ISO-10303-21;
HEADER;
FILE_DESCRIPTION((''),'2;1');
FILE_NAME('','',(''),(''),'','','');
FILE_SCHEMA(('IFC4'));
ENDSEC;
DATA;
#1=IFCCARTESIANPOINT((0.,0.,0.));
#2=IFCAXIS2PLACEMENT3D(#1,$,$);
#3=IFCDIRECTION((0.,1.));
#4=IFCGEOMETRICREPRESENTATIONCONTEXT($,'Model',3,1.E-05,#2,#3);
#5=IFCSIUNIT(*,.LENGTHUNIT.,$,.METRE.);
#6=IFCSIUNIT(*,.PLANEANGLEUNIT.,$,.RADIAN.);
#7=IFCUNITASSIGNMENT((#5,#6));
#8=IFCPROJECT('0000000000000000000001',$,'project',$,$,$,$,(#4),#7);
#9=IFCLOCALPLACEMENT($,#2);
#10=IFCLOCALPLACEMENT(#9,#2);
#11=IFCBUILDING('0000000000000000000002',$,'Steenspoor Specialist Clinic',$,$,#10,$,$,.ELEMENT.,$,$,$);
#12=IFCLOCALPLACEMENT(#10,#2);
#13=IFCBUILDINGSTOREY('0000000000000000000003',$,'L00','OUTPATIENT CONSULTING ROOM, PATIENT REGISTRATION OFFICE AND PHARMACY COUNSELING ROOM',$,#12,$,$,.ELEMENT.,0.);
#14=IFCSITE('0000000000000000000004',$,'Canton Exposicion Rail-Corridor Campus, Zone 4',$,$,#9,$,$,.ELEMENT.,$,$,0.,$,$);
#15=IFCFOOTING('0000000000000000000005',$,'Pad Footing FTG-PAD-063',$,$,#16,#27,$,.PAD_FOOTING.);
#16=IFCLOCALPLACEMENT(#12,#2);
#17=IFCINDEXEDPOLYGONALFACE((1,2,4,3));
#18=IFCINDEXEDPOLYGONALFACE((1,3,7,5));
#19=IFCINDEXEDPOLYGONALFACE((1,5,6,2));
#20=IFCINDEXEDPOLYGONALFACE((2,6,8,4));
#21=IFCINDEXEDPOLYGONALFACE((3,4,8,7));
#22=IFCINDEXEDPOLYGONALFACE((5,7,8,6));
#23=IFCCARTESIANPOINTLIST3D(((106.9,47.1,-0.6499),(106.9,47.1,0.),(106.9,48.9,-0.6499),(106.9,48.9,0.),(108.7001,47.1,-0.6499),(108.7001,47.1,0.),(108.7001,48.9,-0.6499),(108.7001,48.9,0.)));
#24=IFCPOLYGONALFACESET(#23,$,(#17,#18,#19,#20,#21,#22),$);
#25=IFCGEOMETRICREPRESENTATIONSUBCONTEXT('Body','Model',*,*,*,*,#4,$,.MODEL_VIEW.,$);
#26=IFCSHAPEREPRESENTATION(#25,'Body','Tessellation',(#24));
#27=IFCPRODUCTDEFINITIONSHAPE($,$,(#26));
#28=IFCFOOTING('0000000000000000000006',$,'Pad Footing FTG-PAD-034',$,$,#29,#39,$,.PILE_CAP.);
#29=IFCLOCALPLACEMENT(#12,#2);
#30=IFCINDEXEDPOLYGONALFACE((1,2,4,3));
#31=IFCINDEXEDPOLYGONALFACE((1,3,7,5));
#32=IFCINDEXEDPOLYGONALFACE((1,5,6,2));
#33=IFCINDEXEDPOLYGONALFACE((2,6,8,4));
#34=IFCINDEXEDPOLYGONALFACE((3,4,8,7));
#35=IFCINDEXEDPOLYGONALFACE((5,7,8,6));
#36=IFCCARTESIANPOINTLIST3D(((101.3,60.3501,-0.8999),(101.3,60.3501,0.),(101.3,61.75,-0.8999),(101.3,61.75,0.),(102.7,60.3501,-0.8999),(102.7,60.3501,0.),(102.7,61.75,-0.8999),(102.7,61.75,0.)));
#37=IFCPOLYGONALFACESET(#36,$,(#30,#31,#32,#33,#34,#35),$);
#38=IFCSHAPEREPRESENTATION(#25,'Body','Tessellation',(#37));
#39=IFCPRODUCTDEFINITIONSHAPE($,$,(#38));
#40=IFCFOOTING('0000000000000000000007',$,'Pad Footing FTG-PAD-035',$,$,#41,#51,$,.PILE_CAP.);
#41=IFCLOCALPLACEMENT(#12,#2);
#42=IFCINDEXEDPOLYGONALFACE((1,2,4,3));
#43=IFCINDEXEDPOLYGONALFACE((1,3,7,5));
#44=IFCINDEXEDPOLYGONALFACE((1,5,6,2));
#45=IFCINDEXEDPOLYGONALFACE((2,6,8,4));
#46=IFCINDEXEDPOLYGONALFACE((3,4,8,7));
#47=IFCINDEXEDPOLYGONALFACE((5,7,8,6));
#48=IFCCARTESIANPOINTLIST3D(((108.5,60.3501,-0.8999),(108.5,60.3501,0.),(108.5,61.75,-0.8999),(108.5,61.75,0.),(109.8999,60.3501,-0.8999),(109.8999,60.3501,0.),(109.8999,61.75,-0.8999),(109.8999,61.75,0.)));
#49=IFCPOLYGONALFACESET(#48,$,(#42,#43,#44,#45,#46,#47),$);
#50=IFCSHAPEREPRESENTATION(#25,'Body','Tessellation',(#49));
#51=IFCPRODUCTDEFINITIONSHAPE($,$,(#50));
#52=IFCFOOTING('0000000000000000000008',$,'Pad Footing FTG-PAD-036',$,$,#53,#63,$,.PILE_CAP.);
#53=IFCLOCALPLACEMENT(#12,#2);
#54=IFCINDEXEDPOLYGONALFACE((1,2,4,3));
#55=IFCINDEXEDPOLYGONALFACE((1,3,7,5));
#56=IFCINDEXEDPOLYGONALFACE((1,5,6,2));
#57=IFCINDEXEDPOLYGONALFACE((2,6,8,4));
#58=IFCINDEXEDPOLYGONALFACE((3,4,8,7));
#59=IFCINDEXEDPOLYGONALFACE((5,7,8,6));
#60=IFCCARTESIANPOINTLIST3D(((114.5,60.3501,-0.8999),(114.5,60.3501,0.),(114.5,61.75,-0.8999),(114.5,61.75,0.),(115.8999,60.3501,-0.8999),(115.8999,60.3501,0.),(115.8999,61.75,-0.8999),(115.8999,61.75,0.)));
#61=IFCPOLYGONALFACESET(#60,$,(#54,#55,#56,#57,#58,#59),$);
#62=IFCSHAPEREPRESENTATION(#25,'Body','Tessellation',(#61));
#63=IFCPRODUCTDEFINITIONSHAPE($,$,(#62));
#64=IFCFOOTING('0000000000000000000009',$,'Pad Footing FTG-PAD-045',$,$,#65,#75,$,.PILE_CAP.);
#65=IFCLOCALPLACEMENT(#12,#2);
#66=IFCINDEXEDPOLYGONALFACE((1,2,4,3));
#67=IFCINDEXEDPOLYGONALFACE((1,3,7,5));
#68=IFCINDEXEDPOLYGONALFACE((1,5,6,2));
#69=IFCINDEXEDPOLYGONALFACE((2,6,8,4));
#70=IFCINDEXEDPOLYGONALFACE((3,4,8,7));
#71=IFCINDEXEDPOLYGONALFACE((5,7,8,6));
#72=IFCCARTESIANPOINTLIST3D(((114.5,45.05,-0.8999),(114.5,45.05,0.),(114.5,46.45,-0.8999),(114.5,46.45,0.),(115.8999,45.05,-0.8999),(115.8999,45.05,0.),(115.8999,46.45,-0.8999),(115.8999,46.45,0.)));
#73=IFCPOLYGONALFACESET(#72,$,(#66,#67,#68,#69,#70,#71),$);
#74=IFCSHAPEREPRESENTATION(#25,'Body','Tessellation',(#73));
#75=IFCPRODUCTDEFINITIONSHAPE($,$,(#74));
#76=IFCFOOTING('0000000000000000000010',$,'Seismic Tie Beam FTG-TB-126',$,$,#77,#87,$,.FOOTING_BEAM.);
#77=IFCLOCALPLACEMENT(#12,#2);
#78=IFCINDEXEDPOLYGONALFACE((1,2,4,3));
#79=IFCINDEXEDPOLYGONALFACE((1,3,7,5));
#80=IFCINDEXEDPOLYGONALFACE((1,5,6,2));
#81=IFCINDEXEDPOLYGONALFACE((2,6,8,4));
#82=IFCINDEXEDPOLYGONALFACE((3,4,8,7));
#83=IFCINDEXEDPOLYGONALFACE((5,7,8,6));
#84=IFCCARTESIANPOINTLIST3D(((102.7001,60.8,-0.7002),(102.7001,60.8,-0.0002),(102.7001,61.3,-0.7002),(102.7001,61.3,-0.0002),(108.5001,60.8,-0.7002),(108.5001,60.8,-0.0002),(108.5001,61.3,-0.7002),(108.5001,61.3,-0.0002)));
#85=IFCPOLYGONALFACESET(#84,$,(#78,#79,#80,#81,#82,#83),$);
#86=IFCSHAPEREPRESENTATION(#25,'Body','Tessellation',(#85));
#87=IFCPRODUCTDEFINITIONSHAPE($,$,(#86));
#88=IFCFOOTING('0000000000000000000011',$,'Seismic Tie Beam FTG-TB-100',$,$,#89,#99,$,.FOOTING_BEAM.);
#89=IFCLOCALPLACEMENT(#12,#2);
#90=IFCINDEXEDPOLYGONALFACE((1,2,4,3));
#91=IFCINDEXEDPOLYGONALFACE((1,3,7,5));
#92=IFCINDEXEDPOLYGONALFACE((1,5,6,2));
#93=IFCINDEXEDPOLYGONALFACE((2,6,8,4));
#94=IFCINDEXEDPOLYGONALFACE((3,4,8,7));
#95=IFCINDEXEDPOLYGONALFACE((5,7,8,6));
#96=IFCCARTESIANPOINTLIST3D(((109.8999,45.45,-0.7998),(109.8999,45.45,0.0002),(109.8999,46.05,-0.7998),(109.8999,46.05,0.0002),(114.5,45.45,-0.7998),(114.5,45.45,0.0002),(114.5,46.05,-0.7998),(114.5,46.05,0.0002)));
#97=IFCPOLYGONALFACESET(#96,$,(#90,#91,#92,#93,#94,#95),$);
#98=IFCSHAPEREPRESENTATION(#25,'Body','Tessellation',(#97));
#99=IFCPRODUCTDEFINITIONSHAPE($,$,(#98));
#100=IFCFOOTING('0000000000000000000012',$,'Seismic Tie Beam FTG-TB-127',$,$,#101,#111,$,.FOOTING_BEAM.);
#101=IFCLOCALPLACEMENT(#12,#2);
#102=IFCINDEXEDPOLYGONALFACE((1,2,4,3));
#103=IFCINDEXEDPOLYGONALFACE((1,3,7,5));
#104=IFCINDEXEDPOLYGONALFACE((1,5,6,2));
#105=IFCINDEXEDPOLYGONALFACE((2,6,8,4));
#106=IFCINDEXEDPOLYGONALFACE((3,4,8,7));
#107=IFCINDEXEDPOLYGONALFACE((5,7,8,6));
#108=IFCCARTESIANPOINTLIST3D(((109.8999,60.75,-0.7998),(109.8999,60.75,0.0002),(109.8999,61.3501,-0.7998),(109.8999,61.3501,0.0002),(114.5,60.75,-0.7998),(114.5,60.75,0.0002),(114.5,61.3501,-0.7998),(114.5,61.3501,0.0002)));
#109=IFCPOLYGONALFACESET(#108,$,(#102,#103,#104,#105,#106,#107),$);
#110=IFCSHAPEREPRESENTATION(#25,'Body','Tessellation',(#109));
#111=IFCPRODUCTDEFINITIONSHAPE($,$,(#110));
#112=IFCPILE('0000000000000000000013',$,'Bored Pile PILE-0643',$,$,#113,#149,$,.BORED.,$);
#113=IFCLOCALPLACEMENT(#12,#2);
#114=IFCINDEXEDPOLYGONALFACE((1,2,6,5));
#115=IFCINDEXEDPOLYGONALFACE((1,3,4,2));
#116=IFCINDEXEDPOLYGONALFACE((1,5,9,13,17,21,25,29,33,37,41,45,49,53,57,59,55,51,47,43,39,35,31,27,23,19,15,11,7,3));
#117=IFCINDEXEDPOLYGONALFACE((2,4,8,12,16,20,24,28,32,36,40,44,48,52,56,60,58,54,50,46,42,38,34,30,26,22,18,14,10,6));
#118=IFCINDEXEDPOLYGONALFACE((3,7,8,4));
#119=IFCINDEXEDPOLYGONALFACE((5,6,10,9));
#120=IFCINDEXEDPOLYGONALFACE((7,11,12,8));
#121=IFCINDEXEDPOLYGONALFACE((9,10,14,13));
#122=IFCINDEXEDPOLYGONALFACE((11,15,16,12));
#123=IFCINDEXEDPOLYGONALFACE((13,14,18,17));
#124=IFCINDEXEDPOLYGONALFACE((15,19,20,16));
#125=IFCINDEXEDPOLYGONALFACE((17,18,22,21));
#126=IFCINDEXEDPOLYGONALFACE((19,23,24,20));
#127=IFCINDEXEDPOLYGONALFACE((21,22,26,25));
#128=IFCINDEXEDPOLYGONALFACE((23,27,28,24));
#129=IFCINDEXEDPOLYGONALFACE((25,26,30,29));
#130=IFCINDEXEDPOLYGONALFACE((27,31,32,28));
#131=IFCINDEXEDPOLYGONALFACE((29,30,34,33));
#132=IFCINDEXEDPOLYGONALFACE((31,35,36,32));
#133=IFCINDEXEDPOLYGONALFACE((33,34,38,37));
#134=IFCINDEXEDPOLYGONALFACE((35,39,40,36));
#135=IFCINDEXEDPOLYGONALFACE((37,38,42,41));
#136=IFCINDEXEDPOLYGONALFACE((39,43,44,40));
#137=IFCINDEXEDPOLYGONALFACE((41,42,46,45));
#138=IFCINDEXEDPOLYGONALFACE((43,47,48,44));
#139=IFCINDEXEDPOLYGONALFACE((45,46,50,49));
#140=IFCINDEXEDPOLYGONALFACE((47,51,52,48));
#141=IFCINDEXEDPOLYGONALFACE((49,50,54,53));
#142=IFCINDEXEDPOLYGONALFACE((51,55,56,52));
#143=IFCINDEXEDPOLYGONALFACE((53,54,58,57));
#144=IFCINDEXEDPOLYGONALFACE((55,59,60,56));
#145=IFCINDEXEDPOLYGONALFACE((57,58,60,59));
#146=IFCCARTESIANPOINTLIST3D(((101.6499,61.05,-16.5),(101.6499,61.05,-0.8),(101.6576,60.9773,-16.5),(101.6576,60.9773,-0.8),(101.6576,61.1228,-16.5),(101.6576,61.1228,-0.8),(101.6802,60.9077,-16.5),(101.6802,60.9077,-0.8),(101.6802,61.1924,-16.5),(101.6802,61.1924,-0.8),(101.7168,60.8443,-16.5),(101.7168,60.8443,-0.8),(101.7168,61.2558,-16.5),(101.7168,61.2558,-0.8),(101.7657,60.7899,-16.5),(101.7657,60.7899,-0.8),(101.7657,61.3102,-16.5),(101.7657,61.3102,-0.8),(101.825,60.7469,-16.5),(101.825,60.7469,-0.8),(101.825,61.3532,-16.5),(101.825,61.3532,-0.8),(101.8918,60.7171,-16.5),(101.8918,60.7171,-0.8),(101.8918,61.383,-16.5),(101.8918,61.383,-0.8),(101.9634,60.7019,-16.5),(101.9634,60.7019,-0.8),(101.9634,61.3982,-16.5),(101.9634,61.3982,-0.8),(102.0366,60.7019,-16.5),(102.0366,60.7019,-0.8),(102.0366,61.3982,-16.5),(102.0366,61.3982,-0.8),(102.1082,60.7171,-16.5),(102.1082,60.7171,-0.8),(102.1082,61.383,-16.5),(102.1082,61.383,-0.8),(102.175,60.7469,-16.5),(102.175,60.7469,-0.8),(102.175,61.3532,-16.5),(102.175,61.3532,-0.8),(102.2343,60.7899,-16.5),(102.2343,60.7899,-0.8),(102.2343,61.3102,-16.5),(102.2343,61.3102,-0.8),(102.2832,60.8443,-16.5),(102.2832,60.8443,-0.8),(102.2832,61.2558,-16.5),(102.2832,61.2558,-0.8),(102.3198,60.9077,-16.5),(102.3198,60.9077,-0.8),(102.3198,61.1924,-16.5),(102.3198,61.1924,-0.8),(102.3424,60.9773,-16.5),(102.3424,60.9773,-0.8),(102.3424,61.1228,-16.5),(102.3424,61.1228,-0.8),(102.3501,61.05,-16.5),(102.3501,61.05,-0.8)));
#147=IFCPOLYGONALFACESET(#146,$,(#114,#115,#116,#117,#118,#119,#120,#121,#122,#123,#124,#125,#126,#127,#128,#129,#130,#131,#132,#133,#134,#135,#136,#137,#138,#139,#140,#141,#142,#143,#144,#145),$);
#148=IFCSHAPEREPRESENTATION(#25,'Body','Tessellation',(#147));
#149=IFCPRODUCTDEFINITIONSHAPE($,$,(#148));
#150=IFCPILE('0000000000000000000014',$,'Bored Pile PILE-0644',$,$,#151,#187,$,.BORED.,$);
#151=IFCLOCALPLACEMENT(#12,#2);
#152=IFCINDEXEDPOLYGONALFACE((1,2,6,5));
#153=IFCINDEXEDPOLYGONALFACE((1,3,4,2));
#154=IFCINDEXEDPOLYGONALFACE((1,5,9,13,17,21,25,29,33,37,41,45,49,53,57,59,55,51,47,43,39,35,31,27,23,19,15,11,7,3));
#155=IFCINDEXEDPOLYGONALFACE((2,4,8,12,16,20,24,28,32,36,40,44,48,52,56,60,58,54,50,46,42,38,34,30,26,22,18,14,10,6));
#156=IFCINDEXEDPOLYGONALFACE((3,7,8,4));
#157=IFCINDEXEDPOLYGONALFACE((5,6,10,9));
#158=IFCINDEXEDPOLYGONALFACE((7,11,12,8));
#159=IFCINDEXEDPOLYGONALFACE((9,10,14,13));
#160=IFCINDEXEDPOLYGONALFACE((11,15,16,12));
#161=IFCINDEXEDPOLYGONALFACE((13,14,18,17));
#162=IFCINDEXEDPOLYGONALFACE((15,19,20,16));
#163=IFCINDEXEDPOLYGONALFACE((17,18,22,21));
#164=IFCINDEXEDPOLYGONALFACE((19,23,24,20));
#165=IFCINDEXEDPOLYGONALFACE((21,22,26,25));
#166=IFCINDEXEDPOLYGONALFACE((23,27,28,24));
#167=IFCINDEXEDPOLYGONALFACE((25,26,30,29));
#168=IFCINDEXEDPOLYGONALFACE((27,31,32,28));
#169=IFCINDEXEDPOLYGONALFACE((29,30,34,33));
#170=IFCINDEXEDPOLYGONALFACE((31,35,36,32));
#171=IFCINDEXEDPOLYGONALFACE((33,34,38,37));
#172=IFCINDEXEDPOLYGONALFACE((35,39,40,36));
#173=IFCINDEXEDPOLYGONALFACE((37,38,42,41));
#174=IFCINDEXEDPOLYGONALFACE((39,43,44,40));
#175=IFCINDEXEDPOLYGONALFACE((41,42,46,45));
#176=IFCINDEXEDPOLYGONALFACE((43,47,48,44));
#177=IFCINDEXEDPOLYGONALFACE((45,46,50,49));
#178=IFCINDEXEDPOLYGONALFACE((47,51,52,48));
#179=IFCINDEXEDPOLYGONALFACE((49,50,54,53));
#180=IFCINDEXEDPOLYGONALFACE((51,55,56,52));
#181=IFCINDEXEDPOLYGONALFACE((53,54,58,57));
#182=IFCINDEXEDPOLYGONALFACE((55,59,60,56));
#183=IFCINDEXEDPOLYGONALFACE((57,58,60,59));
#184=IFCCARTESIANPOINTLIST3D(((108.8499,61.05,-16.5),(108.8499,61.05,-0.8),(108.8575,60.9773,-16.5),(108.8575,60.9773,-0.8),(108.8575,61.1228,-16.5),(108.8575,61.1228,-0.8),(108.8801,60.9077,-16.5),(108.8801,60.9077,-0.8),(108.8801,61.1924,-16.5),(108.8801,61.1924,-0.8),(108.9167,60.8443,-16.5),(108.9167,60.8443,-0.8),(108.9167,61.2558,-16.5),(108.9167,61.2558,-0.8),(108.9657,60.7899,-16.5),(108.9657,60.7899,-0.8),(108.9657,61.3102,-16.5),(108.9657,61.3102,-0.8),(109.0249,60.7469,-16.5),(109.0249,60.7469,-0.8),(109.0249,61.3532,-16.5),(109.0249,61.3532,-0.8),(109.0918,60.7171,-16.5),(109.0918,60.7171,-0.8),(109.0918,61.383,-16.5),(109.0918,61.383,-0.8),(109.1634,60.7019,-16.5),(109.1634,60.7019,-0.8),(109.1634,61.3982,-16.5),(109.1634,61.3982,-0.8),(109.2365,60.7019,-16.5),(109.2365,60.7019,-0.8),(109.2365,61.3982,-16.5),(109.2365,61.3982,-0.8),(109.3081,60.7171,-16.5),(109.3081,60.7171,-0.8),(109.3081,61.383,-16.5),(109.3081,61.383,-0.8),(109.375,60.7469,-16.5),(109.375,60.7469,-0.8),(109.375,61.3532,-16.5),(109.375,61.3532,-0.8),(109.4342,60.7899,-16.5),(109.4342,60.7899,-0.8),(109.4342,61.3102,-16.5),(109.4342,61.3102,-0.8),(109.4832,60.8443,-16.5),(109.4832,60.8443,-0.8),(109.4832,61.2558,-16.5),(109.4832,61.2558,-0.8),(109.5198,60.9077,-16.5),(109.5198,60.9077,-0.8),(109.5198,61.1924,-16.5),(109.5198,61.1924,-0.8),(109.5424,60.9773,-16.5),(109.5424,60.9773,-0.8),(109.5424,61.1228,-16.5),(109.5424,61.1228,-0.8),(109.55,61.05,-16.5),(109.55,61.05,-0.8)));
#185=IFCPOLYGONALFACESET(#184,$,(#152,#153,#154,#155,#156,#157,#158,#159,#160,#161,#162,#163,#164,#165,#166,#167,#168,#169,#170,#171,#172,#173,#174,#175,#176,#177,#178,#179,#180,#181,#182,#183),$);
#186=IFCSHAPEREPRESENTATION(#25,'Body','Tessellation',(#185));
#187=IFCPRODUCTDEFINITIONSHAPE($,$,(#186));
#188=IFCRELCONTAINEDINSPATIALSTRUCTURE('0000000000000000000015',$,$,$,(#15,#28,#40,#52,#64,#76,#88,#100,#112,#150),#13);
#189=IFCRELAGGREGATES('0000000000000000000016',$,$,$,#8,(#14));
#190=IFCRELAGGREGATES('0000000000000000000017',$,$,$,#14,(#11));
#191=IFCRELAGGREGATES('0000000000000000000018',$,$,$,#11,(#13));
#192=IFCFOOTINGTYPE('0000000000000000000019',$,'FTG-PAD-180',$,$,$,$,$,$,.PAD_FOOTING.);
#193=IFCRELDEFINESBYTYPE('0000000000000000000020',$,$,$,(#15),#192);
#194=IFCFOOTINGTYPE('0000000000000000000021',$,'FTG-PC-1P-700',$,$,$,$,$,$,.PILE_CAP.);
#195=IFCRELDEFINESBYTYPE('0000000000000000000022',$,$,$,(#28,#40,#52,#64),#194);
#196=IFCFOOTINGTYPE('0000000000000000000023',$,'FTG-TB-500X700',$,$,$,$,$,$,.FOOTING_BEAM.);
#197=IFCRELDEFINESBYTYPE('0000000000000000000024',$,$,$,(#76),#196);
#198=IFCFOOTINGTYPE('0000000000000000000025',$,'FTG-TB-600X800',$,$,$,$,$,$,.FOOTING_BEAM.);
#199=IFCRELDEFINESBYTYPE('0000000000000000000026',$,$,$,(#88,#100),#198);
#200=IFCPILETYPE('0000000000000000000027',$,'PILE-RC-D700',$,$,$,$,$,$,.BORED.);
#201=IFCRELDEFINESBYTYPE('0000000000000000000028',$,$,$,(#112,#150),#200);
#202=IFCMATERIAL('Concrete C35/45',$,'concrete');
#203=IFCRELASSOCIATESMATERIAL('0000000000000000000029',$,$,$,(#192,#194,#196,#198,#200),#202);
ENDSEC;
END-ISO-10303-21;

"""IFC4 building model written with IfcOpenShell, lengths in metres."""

from ifc_helpers import new_model, si_unit, direction, frame, origin, origin_2d, place, context, subcontext, project, spatial, rectangle, circle, extrude, material, material_profile, profile_set, type_object, element, save


model = new_model("IFC4")

# Units and contexts
model_context = context("Model", 3, precision=1e-05, world=origin(), true_north=direction((0.0, 1.0)))
body_context = subcontext(model_context, "Body", "Model", "MODEL_VIEW")
ifc_project = project(units=[si_unit("LENGTHUNIT", "METRE"), si_unit("PLANEANGLEUNIT", "RADIAN")], contexts=[model_context])

# Site, building, storey
site_placement = place(None, origin())
site = spatial("IfcSite", under=ifc_project, at=site_placement, Name="Canton Exposicion Rail-Corridor Campus, Zone 4", CompositionType="ELEMENT", RefElevation=0.0)
building_placement = place(site_placement, origin())
building = spatial("IfcBuilding", under=site, at=building_placement, Name="Steenspoor Specialist Clinic", CompositionType="ELEMENT")
storey_placement = place(building_placement, origin())
storey = spatial("IfcBuildingStorey", under=building, at=storey_placement, Name="L00", Description="OUTPATIENT CONSULTING ROOM, PATIENT REGISTRATION OFFICE AND PHARMACY COUNSELING ROOM", CompositionType="ELEMENT", Elevation=0.0)

# Footings
ifc_material_1 = material(Name="Concrete C35/45", Category="concrete")
footing_type_1 = type_object("IfcFootingType", Name="FTG-PAD-180", PredefinedType="PAD_FOOTING", material=ifc_material_1)
footing_1_placement = place(storey_placement, frame((107.8, 48.0, -0.6499), z_axis=(0.0, 0.0, 1.0), x_axis=(1.0, 0.0, 0.0)))
element("IfcFooting", 1, at=footing_1_placement, inside=storey, type_object=footing_type_1, Name="Pad Footing FTG-PAD-063", PredefinedType="PAD_FOOTING", context=body_context, shape_type="SweptSolid", body=[
    extrude(rectangle(XDim=1.8, YDim=1.8, at=origin_2d()), origin(), (0.0, 0.0, 1.0), 0.6499),
])
footing_type_2 = type_object("IfcFootingType", Name="FTG-PC-1P-700", PredefinedType="PILE_CAP", material=ifc_material_1)
for number, where, z_axis, x_axis, name in (
    (2, (102.0, 61.05, -0.8999), (0.0, 0.0, 1.0), (1.0, 0.0, 0.0), "Pad Footing FTG-PAD-034"),
    (3, (109.2, 61.05, -0.8999), (0.0, 0.0, 1.0), (1.0, 0.0, 0.0), "Pad Footing FTG-PAD-035"),
    (4, (115.2, 61.05, -0.8999), (0.0, 0.0, 1.0), (1.0, 0.0, 0.0), "Pad Footing FTG-PAD-036"),
    (5, (115.2, 45.75, -0.8999), (0.0, 0.0, 1.0), (1.0, 0.0, 0.0), "Pad Footing FTG-PAD-045"),
):
    element("IfcFooting", number, at=place(storey_placement, frame(where, z_axis=z_axis, x_axis=x_axis)), inside=storey, type_object=footing_type_2, Name=name, PredefinedType="PILE_CAP", context=body_context, shape_type="SweptSolid", body=[
        extrude(rectangle(XDim=1.3999, YDim=1.3999, at=origin_2d()), origin(), (0.0, 0.0, 1.0), 0.8999),
    ])
footing_type_3 = type_object("IfcFootingType", Name="FTG-TB-500X700", PredefinedType="FOOTING_BEAM", material=ifc_material_1)
footing_2_placement = place(storey_placement, frame((105.6001, 61.05, -0.7002), z_axis=(0.0, 0.0, 1.0), x_axis=(1.0, 0.0, 0.0)))
element("IfcFooting", 6, at=footing_2_placement, inside=storey, type_object=footing_type_3, Name="Seismic Tie Beam FTG-TB-126", PredefinedType="FOOTING_BEAM", context=body_context, shape_type="SweptSolid", body=[
    extrude(rectangle(XDim=5.8, YDim=0.5, at=origin_2d()), origin(), (0.0, 0.0, 1.0), 0.7),
])
footing_type_4 = type_object("IfcFootingType", Name="FTG-TB-600X800", PredefinedType="FOOTING_BEAM", material=ifc_material_1)
for number, where, z_axis, x_axis, name in (
    (7, (112.2, 45.75, -0.7998), (0.0, 0.0, 1.0), (1.0, 0.0, 0.0), "Seismic Tie Beam FTG-TB-100"),
    (8, (112.2, 61.05, -0.7998), (0.0, 0.0, 1.0), (1.0, 0.0, 0.0), "Seismic Tie Beam FTG-TB-127"),
):
    element("IfcFooting", number, at=place(storey_placement, frame(where, z_axis=z_axis, x_axis=x_axis)), inside=storey, type_object=footing_type_4, Name=name, PredefinedType="FOOTING_BEAM", context=body_context, shape_type="SweptSolid", body=[
        extrude(rectangle(XDim=4.6001, YDim=0.6001, at=origin_2d()), origin(), (0.0, 0.0, 1.0), 0.8),
    ])

# Piles
ifc_material_profile_1 = material_profile(ifc_material_1, circle(Radius=0.3501, at=origin_2d()), Name="PILE-D700")
ifc_profile_set_1 = profile_set([ifc_material_profile_1], Name="Concrete C35/45")
pile_type = type_object("IfcPileType", Name="PILE-RC-D700", PredefinedType="BORED", material=ifc_profile_set_1)
for number, where, z_axis, x_axis, name in (
    (9, (102.0, 61.05, -0.8), (0.0, 0.0, -1.0), (1.0, 0.0, 0.0), "Bored Pile PILE-0643"),
    (10, (109.2, 61.05, -0.8), (0.0, 0.0, -1.0), (1.0, 0.0, 0.0), "Bored Pile PILE-0644"),
):
    element("IfcPile", number, at=place(storey_placement, frame(where, z_axis=z_axis, x_axis=x_axis)), inside=storey, type_object=pile_type, Name=name, PredefinedType="BORED", context=body_context, shape_type="SweptSolid", body=[
        extrude(circle(Radius=0.3501, at=origin_2d()), origin(), (0.0, 0.0, 1.0), 15.7),
    ])

save(model, "model.ifc")
